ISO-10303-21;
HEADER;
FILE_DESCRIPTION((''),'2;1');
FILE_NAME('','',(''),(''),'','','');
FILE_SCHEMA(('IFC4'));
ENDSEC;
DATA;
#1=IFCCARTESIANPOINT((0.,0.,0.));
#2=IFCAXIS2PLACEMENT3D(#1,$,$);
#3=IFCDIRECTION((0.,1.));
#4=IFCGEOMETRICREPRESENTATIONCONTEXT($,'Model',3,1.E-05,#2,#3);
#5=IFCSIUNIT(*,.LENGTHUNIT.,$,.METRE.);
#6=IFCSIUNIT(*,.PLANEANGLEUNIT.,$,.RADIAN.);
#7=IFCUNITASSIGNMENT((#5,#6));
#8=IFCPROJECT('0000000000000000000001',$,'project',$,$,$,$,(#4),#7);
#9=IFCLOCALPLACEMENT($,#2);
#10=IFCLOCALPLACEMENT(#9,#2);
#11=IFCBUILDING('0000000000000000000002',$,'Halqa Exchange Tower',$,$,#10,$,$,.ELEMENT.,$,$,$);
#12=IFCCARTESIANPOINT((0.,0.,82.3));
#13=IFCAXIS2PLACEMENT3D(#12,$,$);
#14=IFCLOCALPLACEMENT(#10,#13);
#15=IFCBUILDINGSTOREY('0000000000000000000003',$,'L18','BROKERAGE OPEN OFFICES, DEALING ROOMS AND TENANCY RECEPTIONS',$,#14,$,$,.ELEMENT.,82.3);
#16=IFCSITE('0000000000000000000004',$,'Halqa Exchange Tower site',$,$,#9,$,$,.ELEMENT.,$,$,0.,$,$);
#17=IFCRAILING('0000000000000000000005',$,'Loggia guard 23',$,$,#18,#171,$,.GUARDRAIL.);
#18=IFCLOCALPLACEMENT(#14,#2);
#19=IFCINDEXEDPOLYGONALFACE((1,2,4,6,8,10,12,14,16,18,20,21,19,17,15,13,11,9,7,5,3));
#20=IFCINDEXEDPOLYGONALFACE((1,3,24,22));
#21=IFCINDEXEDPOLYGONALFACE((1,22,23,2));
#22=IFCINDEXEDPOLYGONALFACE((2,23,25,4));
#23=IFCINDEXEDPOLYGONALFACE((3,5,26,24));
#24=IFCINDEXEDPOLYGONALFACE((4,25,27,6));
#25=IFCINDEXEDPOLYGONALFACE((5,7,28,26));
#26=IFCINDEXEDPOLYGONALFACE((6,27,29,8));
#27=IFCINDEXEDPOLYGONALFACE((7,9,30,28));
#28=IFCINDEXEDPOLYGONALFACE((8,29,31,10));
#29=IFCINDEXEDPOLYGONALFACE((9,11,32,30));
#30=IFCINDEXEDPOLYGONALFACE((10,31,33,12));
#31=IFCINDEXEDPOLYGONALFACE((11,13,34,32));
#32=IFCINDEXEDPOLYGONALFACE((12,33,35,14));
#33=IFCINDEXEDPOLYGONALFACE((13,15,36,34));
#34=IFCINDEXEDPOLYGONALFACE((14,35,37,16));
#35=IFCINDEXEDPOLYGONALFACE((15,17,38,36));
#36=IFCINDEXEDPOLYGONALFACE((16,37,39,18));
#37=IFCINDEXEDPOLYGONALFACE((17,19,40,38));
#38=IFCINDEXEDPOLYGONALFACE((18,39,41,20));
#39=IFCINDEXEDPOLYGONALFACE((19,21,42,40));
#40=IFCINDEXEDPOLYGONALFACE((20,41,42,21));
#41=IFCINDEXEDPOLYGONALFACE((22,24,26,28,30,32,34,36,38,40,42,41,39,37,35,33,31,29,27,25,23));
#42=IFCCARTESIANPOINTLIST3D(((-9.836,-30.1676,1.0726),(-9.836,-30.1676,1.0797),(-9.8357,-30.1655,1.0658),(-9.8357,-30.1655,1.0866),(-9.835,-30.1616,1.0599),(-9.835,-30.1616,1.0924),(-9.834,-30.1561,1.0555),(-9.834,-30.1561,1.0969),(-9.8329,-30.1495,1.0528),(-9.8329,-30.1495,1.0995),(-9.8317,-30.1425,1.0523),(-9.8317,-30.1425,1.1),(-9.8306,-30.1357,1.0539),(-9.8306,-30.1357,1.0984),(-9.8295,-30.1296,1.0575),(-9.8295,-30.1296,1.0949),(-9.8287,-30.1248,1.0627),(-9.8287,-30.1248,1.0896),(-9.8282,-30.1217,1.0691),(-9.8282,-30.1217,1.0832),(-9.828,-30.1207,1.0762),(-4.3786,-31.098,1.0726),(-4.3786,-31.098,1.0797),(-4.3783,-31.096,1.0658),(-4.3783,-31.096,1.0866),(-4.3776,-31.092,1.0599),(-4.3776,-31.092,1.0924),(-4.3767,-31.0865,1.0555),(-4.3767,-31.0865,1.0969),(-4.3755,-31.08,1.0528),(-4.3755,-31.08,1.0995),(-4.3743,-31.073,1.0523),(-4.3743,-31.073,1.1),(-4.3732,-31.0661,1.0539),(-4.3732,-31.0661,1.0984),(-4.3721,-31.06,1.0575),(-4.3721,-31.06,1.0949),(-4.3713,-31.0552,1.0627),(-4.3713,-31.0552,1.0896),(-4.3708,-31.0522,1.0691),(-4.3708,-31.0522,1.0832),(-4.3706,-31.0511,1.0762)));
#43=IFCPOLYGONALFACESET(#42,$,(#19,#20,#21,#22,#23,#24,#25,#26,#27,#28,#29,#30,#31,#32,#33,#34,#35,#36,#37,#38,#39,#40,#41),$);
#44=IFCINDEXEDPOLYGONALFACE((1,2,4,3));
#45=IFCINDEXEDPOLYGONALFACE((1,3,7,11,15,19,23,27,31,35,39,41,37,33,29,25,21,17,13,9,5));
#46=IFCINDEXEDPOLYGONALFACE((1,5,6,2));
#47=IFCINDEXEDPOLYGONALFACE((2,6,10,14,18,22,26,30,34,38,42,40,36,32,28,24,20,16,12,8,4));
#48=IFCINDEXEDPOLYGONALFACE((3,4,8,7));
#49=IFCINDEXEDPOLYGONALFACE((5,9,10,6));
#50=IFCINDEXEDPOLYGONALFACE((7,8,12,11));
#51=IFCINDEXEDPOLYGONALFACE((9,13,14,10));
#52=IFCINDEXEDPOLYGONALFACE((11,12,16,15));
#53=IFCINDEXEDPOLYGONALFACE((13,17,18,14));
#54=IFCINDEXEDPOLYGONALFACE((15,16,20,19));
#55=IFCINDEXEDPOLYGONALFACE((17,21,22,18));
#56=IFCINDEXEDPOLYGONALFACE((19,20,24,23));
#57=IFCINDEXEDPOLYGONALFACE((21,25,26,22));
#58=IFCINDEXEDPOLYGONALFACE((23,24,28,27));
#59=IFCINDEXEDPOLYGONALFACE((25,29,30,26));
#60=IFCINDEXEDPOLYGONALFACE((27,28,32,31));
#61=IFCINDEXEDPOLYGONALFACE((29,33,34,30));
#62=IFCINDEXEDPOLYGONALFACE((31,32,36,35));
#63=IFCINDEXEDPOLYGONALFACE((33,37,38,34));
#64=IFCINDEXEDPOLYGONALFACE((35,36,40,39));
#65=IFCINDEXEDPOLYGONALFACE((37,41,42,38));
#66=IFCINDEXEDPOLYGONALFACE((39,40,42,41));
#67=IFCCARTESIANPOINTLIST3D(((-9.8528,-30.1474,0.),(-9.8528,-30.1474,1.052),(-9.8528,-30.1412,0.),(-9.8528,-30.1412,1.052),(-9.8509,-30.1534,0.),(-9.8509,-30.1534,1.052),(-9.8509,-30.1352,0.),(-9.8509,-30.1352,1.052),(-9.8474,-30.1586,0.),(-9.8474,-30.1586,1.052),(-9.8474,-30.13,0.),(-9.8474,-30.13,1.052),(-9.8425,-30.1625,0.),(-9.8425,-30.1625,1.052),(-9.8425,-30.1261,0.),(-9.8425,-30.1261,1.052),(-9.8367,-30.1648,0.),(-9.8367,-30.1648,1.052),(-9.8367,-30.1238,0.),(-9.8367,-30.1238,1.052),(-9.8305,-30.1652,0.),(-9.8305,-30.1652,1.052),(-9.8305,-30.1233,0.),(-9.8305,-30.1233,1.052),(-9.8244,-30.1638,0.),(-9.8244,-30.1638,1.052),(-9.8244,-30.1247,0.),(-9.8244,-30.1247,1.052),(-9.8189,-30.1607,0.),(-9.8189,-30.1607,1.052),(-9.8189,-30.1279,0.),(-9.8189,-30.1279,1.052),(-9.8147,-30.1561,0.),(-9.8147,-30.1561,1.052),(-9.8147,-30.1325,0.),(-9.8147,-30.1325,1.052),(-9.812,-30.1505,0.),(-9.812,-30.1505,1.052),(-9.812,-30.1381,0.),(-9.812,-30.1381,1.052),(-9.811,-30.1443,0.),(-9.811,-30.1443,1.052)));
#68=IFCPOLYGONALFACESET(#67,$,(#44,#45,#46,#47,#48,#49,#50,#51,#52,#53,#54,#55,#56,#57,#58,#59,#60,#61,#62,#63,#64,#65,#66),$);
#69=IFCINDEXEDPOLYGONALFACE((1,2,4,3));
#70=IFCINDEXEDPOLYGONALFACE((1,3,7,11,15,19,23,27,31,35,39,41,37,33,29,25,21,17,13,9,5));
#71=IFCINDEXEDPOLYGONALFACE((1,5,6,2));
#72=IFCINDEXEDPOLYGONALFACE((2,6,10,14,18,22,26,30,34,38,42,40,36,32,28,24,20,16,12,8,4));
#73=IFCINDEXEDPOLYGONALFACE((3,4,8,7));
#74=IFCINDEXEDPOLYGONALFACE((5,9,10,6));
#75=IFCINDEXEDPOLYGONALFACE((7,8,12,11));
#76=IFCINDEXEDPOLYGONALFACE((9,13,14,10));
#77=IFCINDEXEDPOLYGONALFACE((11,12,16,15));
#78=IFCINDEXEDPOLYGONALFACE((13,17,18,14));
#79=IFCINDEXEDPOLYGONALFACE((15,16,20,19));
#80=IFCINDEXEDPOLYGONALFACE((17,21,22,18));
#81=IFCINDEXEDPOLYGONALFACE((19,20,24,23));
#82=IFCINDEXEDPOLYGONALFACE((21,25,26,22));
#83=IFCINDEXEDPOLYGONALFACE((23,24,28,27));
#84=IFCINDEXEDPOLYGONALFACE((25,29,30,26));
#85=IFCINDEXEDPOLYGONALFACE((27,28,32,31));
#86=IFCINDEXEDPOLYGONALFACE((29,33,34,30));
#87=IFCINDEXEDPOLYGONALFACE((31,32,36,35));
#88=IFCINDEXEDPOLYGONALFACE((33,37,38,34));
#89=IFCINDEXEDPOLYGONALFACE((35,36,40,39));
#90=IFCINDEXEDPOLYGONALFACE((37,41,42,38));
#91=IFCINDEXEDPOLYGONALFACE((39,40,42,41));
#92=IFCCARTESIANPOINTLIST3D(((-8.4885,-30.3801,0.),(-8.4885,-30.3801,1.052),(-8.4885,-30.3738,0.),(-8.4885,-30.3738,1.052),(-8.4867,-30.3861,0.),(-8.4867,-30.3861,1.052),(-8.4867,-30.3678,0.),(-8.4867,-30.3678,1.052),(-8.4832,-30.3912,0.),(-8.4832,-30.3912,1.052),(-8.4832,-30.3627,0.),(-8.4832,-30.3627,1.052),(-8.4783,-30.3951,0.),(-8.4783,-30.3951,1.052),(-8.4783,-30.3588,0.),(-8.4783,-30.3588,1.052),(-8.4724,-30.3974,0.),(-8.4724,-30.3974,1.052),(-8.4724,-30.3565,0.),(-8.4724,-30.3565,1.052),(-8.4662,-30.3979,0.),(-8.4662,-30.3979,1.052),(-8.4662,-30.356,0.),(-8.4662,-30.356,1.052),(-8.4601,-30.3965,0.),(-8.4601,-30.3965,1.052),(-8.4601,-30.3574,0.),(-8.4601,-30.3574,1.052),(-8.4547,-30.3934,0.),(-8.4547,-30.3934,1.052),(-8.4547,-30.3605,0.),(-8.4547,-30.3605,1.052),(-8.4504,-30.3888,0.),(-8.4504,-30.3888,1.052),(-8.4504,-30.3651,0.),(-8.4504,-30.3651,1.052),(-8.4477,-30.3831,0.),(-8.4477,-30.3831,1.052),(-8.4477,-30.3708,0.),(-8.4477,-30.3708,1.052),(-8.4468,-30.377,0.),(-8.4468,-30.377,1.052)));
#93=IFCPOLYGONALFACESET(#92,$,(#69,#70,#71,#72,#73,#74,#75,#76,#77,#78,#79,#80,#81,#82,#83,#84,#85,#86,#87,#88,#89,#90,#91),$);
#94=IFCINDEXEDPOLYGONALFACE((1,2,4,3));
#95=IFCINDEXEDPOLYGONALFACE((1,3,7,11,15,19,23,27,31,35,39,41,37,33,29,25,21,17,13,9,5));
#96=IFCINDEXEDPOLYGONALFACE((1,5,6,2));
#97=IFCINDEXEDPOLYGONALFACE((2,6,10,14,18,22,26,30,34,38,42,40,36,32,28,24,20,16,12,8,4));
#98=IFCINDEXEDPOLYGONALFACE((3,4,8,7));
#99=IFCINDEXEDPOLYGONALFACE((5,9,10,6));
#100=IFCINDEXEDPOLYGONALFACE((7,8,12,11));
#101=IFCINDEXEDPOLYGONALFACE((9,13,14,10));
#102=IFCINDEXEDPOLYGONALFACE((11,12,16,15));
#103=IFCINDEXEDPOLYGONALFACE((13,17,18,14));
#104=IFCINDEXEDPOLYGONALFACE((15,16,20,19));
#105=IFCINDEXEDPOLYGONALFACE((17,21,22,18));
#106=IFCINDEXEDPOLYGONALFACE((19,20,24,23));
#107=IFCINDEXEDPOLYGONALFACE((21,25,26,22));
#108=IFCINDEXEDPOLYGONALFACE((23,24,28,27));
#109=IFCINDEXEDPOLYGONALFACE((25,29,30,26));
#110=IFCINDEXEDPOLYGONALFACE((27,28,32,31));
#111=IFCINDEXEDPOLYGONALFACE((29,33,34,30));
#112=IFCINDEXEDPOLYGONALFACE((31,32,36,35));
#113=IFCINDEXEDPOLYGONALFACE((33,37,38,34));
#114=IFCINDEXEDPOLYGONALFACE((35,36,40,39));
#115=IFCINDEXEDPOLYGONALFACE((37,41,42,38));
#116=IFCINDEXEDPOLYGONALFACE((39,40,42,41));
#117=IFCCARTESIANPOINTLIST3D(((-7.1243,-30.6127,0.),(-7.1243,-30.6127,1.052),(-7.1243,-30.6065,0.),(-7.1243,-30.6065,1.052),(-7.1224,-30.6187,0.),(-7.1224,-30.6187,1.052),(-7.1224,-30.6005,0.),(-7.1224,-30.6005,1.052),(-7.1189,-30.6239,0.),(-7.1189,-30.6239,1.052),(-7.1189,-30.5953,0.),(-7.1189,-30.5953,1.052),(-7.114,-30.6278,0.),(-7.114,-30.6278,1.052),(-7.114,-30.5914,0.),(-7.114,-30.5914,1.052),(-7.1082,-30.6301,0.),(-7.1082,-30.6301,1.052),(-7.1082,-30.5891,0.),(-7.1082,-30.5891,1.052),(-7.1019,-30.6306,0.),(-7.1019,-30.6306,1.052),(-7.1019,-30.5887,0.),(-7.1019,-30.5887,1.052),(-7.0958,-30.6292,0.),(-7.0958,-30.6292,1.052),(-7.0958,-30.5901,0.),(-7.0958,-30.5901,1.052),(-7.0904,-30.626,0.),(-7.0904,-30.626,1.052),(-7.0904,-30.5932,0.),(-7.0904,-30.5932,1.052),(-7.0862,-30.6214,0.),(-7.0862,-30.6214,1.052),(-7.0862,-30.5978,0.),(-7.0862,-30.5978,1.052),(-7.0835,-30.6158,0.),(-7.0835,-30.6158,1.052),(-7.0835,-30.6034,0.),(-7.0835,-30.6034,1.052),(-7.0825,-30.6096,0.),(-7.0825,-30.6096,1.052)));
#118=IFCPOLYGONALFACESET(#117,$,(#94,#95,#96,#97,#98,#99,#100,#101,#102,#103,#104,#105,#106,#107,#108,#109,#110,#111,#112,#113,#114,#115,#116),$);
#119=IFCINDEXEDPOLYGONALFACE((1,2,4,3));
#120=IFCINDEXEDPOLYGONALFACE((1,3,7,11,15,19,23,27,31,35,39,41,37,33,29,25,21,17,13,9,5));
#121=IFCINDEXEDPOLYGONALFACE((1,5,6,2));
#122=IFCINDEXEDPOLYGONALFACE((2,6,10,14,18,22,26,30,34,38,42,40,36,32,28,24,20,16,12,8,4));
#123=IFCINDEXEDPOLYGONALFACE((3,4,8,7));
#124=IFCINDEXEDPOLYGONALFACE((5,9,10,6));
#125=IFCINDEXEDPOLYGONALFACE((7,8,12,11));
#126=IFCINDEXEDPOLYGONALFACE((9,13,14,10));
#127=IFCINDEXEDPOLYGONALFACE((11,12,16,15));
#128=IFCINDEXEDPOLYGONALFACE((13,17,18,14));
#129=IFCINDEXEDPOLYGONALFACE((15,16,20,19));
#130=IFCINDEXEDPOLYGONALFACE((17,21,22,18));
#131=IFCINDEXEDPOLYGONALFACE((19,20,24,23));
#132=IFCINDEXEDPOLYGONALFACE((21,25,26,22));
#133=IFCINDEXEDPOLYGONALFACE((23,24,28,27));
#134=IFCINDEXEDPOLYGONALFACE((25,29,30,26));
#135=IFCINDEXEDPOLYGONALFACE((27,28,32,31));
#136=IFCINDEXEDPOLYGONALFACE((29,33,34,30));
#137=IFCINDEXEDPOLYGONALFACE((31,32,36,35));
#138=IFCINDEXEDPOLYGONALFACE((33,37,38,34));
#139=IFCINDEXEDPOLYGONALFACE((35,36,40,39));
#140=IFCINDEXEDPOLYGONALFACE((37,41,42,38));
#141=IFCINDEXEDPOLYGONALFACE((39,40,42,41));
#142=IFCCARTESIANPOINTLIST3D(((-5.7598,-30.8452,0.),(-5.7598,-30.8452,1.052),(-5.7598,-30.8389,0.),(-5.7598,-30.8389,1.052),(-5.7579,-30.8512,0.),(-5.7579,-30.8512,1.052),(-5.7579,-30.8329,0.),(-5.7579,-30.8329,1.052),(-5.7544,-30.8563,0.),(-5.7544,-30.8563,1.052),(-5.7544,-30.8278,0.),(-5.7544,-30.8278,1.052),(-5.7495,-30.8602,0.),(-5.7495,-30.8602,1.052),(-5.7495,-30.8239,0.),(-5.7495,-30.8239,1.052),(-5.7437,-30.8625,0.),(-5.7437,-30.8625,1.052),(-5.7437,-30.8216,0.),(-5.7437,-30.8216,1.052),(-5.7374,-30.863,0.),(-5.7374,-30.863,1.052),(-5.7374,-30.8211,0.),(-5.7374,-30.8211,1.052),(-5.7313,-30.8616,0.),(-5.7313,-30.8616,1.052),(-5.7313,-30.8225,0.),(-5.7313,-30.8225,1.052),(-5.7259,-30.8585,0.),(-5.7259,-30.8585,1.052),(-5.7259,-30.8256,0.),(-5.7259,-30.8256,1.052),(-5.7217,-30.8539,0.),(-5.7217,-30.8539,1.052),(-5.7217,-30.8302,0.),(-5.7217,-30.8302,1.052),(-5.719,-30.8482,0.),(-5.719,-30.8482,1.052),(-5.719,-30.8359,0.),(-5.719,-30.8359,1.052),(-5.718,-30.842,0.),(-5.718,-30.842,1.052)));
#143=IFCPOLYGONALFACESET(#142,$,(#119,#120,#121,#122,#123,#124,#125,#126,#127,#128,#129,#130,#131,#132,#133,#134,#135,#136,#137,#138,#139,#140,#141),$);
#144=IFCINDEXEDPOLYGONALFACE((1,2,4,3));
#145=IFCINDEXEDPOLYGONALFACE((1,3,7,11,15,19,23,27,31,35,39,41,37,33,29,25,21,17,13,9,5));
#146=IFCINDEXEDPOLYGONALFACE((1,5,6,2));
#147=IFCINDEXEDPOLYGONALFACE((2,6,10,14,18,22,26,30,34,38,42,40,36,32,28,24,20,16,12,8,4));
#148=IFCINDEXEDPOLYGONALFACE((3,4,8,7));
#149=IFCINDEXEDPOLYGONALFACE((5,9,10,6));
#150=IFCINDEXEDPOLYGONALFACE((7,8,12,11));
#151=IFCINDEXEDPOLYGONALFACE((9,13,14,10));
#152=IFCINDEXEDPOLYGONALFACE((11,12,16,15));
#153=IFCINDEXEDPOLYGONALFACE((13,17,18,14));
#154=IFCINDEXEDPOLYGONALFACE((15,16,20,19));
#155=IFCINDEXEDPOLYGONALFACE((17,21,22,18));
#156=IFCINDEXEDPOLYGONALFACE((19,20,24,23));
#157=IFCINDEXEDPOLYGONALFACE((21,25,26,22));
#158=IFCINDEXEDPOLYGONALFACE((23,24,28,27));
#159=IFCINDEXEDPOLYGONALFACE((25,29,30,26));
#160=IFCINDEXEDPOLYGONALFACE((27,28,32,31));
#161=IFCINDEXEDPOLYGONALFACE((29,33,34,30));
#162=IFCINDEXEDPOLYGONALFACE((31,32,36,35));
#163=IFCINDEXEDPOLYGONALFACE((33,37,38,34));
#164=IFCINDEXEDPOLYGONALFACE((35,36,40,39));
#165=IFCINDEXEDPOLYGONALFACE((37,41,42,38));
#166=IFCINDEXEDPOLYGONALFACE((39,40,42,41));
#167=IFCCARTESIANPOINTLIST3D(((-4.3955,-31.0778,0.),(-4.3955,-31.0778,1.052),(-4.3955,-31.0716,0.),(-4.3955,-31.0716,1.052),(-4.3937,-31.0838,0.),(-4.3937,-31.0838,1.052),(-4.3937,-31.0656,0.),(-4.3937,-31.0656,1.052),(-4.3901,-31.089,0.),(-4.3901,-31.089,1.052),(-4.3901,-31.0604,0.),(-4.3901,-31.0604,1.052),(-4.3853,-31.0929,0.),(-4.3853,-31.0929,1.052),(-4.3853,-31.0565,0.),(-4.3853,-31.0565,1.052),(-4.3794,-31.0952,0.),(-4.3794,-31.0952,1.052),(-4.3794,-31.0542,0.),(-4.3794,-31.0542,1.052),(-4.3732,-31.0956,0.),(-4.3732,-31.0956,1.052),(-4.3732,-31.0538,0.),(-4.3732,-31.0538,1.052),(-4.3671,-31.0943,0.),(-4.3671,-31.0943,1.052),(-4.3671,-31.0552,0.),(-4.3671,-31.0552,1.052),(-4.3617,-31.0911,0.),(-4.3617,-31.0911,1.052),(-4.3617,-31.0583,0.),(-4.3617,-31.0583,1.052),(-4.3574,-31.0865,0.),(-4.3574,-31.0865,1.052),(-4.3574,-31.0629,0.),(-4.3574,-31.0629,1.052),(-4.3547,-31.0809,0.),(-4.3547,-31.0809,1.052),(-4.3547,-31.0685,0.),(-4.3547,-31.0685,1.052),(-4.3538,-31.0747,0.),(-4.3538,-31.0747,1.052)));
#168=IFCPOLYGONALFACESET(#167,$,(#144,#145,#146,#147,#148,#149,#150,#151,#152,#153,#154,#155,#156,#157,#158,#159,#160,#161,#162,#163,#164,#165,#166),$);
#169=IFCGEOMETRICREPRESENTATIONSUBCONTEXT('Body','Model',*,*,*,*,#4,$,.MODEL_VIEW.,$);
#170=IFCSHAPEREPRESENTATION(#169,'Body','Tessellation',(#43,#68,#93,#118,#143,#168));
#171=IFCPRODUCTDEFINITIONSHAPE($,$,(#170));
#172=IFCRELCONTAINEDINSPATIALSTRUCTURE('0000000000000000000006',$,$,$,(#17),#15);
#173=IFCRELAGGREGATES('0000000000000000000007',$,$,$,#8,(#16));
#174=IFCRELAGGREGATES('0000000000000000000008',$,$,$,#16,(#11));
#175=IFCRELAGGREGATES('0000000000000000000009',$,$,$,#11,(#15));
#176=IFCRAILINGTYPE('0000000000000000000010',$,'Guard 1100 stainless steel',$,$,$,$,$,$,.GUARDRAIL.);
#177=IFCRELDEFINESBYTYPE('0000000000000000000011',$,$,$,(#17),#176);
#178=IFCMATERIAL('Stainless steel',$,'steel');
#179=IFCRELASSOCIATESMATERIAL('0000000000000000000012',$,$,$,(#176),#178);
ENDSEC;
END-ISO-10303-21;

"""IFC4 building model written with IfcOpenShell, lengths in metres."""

from ifc_helpers import new_model, si_unit, direction, frame, origin, origin_2d, place, context, subcontext, project, spatial, circle, extrude, material, type_object, element, save


model = new_model("IFC4")

# Units and contexts
model_context = context("Model", 3, precision=1e-05, world=origin(), true_north=direction((0.0, 1.0)))
body_context = subcontext(model_context, "Body", "Model", "MODEL_VIEW")
ifc_project = project(units=[si_unit("LENGTHUNIT", "METRE"), si_unit("PLANEANGLEUNIT", "RADIAN")], contexts=[model_context])

# Site, building, storey
site_placement = place(None, origin())
site = spatial("IfcSite", under=ifc_project, at=site_placement, Name="Halqa Exchange Tower site", CompositionType="ELEMENT", RefElevation=0.0)
building_placement = place(site_placement, origin())
building = spatial("IfcBuilding", under=site, at=building_placement, Name="Halqa Exchange Tower", CompositionType="ELEMENT")
storey_placement = place(building_placement, frame((0.0, 0.0, 82.3)))
storey = spatial("IfcBuildingStorey", under=building, at=storey_placement, Name="L18", Description="BROKERAGE OPEN OFFICES, DEALING ROOMS AND TENANCY RECEPTIONS", CompositionType="ELEMENT", Elevation=82.3)

# Railing
ifc_material_1 = material(Name="Stainless steel", Category="steel")
railing_type = type_object("IfcRailingType", Name="Guard 1100 stainless steel", PredefinedType="GUARDRAIL", material=ifc_material_1)
railing_1_placement = place(storey_placement, frame((-9.832, -30.1443, 0.0)))
element("IfcRailing", 1, at=railing_1_placement, inside=storey, type_object=railing_type, Name="Loggia guard 23", PredefinedType="GUARDRAIL", context=body_context, shape_type="SweptSolid", body=[
    extrude(circle(Radius=0.0239, at=origin_2d()), frame((0.0, 0.0, 1.0762), z_axis=(0.985776, -0.168067, 0.0), x_axis=(0.168067, 0.985776, 0.0)), (0.0, 0.0, 1.0), 5.5361),
    extrude(circle(Radius=0.021, at=origin_2d()), origin(), (0.0, 0.0, 1.0), 1.052),
    extrude(circle(Radius=0.021, at=origin_2d()), frame((1.3643, -0.2327, 0.0)), (0.0, 0.0, 1.0), 1.052),
    extrude(circle(Radius=0.021, at=origin_2d()), frame((2.7285, -0.4653, 0.0)), (0.0, 0.0, 1.0), 1.052),
    extrude(circle(Radius=0.021, at=origin_2d()), frame((4.093, -0.6978, 0.0)), (0.0, 0.0, 1.0), 1.052),
    extrude(circle(Radius=0.021, at=origin_2d()), frame((5.4573, -0.9304, 0.0)), (0.0, 0.0, 1.0), 1.052),
])

save(model, "model.ifc")
